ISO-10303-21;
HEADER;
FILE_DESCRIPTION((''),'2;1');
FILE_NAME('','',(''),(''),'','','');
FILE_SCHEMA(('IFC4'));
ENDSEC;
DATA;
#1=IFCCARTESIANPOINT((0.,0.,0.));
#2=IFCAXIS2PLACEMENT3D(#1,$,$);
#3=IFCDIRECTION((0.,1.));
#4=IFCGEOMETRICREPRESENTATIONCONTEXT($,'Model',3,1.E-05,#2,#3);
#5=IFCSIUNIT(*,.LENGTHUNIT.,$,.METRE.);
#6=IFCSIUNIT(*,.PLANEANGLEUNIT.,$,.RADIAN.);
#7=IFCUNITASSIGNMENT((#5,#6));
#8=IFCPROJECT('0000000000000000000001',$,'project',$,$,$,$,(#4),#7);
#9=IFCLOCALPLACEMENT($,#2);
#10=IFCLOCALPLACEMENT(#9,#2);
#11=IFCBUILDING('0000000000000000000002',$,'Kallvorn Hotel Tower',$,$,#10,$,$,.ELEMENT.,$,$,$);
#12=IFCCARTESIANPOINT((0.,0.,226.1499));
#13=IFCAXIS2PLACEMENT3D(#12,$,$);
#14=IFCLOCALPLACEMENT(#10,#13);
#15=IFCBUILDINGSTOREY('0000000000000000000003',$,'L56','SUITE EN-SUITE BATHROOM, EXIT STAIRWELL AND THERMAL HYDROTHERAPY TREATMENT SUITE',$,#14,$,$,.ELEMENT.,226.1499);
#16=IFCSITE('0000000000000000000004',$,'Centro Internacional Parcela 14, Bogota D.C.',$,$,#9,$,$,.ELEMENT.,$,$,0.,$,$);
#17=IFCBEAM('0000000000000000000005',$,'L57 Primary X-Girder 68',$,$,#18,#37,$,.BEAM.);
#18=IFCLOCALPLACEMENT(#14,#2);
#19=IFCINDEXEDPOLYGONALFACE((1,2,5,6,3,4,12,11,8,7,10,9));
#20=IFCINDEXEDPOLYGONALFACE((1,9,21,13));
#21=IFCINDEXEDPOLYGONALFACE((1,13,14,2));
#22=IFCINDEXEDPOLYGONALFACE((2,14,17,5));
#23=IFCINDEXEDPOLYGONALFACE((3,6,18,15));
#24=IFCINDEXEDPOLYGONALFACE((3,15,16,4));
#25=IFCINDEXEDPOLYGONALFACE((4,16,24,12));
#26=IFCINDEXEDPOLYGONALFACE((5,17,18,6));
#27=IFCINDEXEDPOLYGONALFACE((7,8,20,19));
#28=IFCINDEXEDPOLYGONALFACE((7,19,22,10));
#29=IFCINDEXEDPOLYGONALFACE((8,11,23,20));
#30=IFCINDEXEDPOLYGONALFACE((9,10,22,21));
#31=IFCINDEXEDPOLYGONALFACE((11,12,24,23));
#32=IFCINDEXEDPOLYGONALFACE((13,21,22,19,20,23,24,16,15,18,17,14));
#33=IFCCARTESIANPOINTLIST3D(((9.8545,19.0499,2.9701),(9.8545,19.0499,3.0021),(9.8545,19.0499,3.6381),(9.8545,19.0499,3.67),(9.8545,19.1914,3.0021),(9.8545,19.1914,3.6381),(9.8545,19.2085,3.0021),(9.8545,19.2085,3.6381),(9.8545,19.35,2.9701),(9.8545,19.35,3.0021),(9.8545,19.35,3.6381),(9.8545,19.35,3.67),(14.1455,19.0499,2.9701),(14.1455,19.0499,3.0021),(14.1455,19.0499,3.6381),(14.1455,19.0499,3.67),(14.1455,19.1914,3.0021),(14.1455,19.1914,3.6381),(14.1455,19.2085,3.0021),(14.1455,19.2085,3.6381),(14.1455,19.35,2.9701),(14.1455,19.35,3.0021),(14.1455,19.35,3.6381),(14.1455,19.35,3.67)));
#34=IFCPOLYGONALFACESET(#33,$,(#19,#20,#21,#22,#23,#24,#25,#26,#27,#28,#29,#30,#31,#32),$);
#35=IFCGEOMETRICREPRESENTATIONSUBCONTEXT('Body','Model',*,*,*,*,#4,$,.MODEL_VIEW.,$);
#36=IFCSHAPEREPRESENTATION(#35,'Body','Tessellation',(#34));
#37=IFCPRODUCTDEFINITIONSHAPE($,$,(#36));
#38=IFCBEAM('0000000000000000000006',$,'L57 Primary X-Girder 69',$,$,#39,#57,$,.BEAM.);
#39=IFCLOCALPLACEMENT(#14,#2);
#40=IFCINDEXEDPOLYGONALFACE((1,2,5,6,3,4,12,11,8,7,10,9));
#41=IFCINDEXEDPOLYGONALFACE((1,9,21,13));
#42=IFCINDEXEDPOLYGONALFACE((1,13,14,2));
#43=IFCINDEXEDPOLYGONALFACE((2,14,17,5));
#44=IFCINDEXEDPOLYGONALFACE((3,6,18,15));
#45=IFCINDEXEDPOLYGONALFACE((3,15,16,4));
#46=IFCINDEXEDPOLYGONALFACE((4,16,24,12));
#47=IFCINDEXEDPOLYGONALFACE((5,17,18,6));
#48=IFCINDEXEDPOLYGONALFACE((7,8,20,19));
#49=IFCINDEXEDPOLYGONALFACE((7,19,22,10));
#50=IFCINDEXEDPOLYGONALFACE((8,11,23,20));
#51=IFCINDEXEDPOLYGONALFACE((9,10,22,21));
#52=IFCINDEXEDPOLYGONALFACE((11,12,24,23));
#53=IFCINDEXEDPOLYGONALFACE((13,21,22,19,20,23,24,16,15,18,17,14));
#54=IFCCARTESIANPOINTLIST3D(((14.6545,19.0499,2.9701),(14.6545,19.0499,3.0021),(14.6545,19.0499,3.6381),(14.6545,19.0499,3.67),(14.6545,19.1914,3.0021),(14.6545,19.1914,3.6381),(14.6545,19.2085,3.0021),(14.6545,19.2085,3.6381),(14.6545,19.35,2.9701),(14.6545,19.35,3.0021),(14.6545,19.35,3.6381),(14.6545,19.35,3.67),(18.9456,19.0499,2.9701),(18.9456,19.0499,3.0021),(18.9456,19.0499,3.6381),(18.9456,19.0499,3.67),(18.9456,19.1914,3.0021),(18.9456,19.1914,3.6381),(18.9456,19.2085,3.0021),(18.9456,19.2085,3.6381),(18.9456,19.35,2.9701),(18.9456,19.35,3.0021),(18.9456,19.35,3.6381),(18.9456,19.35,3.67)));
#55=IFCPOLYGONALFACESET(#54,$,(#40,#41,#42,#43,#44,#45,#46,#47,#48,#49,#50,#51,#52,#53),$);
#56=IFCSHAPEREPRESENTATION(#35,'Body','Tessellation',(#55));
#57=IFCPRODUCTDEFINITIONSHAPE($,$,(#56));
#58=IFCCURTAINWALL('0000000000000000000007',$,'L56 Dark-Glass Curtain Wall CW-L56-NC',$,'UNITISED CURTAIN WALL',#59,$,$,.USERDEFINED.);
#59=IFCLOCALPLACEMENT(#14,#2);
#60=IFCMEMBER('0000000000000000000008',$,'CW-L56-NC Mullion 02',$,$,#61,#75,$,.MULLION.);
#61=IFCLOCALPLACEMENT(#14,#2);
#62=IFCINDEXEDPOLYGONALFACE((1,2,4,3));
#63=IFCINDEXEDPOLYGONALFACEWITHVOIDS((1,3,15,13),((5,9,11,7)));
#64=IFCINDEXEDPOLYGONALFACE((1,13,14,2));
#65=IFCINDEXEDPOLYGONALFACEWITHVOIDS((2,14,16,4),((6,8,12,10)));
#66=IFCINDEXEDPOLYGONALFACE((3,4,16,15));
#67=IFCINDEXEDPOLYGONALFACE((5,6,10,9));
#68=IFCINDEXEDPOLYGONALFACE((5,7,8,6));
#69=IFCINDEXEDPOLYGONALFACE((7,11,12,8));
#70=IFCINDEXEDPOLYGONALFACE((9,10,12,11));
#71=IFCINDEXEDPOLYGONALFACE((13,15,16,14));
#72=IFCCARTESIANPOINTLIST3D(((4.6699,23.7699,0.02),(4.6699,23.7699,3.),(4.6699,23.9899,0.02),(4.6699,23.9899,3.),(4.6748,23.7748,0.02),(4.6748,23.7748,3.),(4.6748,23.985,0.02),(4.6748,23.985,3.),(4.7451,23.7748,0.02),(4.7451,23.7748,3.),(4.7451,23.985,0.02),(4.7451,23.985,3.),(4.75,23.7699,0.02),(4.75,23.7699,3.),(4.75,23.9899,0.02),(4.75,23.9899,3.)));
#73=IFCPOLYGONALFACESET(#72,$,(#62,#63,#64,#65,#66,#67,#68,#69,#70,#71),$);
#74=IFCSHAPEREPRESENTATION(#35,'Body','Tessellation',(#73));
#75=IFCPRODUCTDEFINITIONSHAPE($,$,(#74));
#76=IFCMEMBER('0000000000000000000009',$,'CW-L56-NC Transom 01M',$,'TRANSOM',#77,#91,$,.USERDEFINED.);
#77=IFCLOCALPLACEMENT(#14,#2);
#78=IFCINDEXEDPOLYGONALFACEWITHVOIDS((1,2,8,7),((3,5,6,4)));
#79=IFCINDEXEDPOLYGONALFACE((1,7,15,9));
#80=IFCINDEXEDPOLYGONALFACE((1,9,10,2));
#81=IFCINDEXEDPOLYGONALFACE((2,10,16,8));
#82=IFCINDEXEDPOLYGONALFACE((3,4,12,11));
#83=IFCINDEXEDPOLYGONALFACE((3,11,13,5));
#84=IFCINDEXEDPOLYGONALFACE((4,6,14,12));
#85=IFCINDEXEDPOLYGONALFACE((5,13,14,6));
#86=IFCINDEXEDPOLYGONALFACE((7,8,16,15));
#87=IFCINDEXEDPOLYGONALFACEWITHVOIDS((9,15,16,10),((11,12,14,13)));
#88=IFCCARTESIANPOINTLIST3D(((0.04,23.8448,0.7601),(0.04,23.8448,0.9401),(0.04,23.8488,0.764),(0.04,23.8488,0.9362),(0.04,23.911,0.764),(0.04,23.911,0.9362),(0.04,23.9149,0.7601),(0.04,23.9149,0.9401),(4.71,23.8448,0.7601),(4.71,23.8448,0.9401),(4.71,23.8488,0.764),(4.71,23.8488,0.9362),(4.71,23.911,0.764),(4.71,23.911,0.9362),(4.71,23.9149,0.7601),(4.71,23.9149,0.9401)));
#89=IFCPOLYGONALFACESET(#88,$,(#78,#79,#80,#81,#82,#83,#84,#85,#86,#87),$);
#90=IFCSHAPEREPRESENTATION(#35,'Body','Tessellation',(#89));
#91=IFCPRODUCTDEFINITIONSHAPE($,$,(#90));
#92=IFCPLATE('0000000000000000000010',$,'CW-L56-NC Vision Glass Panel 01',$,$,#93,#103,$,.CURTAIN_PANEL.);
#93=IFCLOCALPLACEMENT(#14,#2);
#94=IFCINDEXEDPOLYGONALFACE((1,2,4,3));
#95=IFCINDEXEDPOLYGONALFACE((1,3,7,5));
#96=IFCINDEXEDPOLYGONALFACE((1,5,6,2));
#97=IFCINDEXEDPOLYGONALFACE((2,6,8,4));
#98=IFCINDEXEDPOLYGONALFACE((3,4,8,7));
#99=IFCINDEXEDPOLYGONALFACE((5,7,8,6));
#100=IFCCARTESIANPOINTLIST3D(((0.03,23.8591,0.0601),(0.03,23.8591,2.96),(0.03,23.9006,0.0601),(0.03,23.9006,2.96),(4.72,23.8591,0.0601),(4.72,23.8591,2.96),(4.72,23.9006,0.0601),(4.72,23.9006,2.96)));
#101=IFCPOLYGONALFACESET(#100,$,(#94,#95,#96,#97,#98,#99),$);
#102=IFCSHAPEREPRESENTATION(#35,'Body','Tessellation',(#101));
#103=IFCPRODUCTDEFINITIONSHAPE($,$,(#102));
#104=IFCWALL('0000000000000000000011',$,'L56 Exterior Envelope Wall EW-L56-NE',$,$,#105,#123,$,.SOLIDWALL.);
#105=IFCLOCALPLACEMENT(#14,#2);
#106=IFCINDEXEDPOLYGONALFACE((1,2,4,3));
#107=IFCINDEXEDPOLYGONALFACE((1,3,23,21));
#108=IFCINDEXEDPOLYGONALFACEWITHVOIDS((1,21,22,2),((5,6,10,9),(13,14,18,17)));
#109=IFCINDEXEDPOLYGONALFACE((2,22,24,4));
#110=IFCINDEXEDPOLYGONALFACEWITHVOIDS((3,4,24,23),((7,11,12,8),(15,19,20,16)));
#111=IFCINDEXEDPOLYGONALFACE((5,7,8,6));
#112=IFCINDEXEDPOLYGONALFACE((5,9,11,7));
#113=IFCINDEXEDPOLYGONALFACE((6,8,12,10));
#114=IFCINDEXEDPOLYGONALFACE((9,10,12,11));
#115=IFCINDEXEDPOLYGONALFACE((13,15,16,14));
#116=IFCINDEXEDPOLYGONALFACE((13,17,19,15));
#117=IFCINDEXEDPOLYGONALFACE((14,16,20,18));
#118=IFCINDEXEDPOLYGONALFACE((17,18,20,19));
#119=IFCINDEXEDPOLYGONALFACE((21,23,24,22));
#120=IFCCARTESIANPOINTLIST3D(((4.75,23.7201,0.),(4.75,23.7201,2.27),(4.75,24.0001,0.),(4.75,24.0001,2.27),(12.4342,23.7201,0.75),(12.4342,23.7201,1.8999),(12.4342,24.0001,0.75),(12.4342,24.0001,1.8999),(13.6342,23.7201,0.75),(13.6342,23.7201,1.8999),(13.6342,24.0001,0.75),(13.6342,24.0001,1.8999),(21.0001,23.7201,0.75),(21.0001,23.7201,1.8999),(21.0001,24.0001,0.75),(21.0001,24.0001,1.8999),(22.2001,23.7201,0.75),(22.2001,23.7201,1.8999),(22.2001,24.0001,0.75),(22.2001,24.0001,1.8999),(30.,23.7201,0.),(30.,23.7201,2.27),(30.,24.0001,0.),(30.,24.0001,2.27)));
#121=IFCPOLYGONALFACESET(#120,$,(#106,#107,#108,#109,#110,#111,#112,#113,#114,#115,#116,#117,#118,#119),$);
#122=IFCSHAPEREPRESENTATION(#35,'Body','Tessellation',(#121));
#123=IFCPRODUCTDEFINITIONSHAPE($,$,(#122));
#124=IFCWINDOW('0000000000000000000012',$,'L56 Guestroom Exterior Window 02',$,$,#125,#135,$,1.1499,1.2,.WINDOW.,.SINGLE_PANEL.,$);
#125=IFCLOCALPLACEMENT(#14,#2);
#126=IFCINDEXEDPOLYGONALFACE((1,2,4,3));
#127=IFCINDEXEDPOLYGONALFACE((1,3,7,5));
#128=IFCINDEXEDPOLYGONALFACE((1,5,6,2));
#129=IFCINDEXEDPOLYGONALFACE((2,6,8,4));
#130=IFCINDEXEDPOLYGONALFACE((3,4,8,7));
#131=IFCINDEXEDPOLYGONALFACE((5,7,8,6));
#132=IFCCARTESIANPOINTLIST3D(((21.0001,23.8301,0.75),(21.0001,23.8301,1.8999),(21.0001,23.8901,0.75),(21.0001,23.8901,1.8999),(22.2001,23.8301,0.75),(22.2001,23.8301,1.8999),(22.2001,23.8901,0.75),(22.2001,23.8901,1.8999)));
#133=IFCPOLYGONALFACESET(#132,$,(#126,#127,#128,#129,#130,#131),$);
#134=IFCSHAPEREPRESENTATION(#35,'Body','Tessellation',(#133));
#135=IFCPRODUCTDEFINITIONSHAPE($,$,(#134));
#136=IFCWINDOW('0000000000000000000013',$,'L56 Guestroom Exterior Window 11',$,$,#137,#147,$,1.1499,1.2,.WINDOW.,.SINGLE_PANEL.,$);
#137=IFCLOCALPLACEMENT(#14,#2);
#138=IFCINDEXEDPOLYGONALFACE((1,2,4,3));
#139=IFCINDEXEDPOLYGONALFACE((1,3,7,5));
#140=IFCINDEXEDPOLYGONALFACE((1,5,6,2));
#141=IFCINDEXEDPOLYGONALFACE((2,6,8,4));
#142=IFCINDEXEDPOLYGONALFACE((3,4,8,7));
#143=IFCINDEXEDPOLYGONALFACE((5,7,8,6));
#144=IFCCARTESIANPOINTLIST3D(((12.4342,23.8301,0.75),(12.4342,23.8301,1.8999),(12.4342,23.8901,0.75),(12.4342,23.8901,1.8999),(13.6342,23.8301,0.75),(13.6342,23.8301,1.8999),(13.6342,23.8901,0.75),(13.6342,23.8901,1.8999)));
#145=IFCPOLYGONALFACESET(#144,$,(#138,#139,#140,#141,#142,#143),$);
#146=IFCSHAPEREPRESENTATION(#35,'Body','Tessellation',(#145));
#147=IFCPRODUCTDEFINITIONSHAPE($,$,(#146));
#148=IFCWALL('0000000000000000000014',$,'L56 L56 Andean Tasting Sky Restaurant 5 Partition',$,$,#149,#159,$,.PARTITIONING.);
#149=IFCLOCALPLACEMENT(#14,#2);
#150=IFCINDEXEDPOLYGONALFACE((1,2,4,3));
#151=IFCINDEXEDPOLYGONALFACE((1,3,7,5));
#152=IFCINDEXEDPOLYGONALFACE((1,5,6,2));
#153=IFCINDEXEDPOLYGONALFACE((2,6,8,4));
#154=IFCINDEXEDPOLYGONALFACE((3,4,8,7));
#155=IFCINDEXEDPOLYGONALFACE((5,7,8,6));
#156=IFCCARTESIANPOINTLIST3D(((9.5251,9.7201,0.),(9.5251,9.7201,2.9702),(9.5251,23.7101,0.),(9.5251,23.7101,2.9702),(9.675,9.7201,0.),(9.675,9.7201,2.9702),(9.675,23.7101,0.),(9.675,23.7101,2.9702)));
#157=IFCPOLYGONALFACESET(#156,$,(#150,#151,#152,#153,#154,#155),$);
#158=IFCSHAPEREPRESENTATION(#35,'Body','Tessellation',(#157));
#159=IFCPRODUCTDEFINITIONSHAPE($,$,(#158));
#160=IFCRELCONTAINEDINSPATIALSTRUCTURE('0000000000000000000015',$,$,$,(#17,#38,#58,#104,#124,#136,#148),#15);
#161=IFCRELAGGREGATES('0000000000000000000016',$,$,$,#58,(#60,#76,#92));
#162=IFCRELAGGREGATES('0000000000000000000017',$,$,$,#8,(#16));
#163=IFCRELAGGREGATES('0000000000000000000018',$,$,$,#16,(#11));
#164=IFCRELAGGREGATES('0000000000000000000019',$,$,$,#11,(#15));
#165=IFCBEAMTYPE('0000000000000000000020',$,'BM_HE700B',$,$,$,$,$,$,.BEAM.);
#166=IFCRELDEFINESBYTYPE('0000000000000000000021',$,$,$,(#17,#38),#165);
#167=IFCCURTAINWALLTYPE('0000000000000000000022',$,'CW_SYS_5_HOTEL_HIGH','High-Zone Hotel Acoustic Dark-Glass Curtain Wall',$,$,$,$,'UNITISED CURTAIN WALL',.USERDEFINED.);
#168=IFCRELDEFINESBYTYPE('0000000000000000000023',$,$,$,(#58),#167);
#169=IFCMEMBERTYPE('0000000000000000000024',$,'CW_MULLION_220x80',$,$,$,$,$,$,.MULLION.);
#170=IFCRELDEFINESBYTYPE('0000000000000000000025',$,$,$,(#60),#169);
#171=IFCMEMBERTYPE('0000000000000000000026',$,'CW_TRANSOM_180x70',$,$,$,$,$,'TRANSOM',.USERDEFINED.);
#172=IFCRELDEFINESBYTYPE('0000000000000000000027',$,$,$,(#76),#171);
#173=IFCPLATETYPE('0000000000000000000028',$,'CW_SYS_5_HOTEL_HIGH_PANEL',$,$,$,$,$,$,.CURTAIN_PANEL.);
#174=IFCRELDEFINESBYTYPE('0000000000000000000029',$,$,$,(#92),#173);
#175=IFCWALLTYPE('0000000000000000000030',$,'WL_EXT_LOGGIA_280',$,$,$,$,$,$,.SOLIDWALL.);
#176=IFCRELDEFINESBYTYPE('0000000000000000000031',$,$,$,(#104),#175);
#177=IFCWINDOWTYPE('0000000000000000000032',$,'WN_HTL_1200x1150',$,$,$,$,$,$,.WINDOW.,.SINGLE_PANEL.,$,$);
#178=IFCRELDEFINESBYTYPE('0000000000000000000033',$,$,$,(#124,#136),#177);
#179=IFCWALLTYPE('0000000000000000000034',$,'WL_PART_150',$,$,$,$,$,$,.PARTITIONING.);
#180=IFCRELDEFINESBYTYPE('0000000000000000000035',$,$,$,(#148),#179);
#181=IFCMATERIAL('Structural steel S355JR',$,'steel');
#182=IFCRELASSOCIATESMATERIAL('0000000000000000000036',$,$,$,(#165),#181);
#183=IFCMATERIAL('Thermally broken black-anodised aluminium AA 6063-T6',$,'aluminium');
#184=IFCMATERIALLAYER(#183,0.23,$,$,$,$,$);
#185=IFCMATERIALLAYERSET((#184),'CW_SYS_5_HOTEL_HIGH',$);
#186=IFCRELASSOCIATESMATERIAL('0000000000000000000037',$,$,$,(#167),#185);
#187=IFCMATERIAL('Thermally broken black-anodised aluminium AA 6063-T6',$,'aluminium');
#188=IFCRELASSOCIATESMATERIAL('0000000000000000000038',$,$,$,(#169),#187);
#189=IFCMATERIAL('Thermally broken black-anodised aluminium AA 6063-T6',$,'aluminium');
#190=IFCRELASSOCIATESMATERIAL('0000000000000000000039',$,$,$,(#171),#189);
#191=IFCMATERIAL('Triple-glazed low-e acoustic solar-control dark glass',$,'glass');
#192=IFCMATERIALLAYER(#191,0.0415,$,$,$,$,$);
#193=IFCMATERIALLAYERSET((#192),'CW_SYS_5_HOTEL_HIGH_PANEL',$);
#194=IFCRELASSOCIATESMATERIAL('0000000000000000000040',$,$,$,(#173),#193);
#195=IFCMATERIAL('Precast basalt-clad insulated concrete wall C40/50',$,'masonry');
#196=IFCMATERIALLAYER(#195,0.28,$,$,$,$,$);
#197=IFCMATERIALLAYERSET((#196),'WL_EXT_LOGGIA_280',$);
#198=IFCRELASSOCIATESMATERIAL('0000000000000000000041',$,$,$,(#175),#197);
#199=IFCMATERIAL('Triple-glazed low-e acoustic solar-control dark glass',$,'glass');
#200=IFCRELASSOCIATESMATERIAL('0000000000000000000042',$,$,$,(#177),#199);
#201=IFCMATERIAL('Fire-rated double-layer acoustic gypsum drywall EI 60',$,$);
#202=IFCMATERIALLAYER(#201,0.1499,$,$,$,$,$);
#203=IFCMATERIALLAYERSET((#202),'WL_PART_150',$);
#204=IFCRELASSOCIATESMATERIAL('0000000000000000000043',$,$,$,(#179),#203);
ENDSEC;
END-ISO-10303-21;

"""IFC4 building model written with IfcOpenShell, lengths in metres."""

from ifc_helpers import new_model, si_unit, direction, frame, frame_2d, origin, origin_2d, place, context, subcontext, project, spatial, rectangle, hollow_rectangle, i_section, extrude, material, layer, layer_set, material_profile, profile_set, type_object, element, fill, aggregate, save


model = new_model("IFC4")

# Units and contexts
model_context = context("Model", 3, precision=1e-05, world=origin(), true_north=direction((0.0, 1.0)))
body_context = subcontext(model_context, "Body", "Model", "MODEL_VIEW")
ifc_project = project(units=[si_unit("LENGTHUNIT", "METRE"), si_unit("PLANEANGLEUNIT", "RADIAN")], contexts=[model_context])

# Site, building, storey
site_placement = place(None, origin())
site = spatial("IfcSite", under=ifc_project, at=site_placement, Name="Centro Internacional Parcela 14, Bogota D.C.", CompositionType="ELEMENT", RefElevation=0.0)
building_placement = place(site_placement, origin())
building = spatial("IfcBuilding", under=site, at=building_placement, Name="Kallvorn Hotel Tower", CompositionType="ELEMENT")
storey_placement = place(building_placement, frame((0.0, 0.0, 226.1499)))
storey = spatial("IfcBuildingStorey", under=building, at=storey_placement, Name="L56", Description="SUITE EN-SUITE BATHROOM, EXIT STAIRWELL AND THERMAL HYDROTHERAPY TREATMENT SUITE", CompositionType="ELEMENT", Elevation=226.1499)

# Beams
ifc_material_1 = material(Name="Structural steel S355JR", Category="steel")
ifc_material_profile_1 = material_profile(ifc_material_1, i_section(OverallWidth=0.3, OverallDepth=0.7, WebThickness=0.0171, FlangeThickness=0.032, at=origin_2d()), Name="HE 700 B")
ifc_profile_set_1 = profile_set([ifc_material_profile_1], Name="Structural steel S355JR")
beam_type_1 = type_object("IfcBeamType", Name="BM_HE700B", PredefinedType="BEAM", material=ifc_profile_set_1)
for number, where, z_axis, x_axis, name in (
    (1, (9.8545, 19.2, 3.3201), (1.0, 0.0, 0.0), (0.0, 1.0, 0.0), "L57 Primary X-Girder 68"),
    (2, (14.6545, 19.2, 3.3201), (1.0, 0.0, 0.0), (0.0, 1.0, 0.0), "L57 Primary X-Girder 69"),
):
    element("IfcBeam", number, at=place(storey_placement, frame(where, z_axis=z_axis, x_axis=x_axis)), inside=storey, type_object=beam_type_1, Name=name, PredefinedType="BEAM", context=body_context, shape_type="SweptSolid", body=[
        extrude(i_section(OverallWidth=0.3, OverallDepth=0.7, WebThickness=0.0171, FlangeThickness=0.032, at=origin_2d()), origin(), (0.0, 0.0, 1.0), 4.291),
    ])

# Curtain wall, members, plate
ifc_material_2 = material(Name="Thermally broken black-anodised aluminium AA 6063-T6", Category="aluminium")
ifc_layer_1 = layer(ifc_material_2, 0.23)
ifc_layer_set_1 = layer_set([ifc_layer_1], Name="CW_SYS_5_HOTEL_HIGH")
curtain_wall_type = type_object("IfcCurtainWallType", Name="CW_SYS_5_HOTEL_HIGH", Description="High-Zone Hotel Acoustic Dark-Glass Curtain Wall", ElementType="UNITISED CURTAIN WALL", PredefinedType="USERDEFINED", material=ifc_layer_set_1)
curtain_wall_placement = place(storey_placement, origin())
curtain_wall = element("IfcCurtainWall", 3, at=curtain_wall_placement, inside=storey, type_object=curtain_wall_type, Name="L56 Dark-Glass Curtain Wall CW-L56-NC", ObjectType="UNITISED CURTAIN WALL", PredefinedType="USERDEFINED")
ifc_material_3 = material(Name="Thermally broken black-anodised aluminium AA 6063-T6", Category="aluminium")
ifc_material_profile_2 = material_profile(ifc_material_3, hollow_rectangle(XDim=0.0801, YDim=0.22, WallThickness=0.0049, at=origin_2d()), Name="MUL 220x80")
ifc_profile_set_2 = profile_set([ifc_material_profile_2], Name="Thermally broken black-anodised aluminium AA 6063-T6")
member_type_1 = type_object("IfcMemberType", Name="CW_MULLION_220x80", PredefinedType="MULLION", material=ifc_profile_set_2)
member_1_placement = place(storey_placement, frame((4.71, 23.8799, 0.02), z_axis=(0.0, 0.0, 1.0), x_axis=(1.0, 0.0, 0.0)))
member_1 = element("IfcMember", 4, at=member_1_placement, type_object=member_type_1, Name="CW-L56-NC Mullion 02", PredefinedType="MULLION", context=body_context, shape_type="SweptSolid", body=[
    extrude(hollow_rectangle(XDim=0.0801, YDim=0.22, WallThickness=0.0049, at=origin_2d()), origin(), (0.0, 0.0, 1.0), 2.98),
])
ifc_material_4 = material(Name="Thermally broken black-anodised aluminium AA 6063-T6", Category="aluminium")
ifc_material_profile_3 = material_profile(ifc_material_4, hollow_rectangle(XDim=0.0701, YDim=0.1799, WallThickness=0.0039, at=origin_2d()), Name="TRN 180x70")
ifc_profile_set_3 = profile_set([ifc_material_profile_3], Name="Thermally broken black-anodised aluminium AA 6063-T6")
member_type_2 = type_object("IfcMemberType", Name="CW_TRANSOM_180x70", ElementType="TRANSOM", PredefinedType="USERDEFINED", material=ifc_profile_set_3)
member_2_placement = place(storey_placement, frame((0.04, 23.8799, 0.8501), z_axis=(1.0, 0.0, 0.0), x_axis=(0.0, 1.0, 0.0)))
member_2 = element("IfcMember", 5, at=member_2_placement, type_object=member_type_2, Name="CW-L56-NC Transom 01M", ObjectType="TRANSOM", PredefinedType="USERDEFINED", context=body_context, shape_type="SweptSolid", body=[
    extrude(hollow_rectangle(XDim=0.0701, YDim=0.1799, WallThickness=0.0039, at=origin_2d()), origin(), (0.0, 0.0, 1.0), 4.6699),
])
ifc_material_5 = material(Name="Triple-glazed low-e acoustic solar-control dark glass", Category="glass")
ifc_layer_2 = layer(ifc_material_5, 0.0415)
ifc_layer_set_2 = layer_set([ifc_layer_2], Name="CW_SYS_5_HOTEL_HIGH_PANEL")
plate_type = type_object("IfcPlateType", Name="CW_SYS_5_HOTEL_HIGH_PANEL", PredefinedType="CURTAIN_PANEL", material=ifc_layer_set_2)
plate_placement = place(storey_placement, frame((2.375, 23.8799, 0.0601), z_axis=(0.0, 0.0, 1.0), x_axis=(1.0, 0.0, 0.0)))
plate = element("IfcPlate", 6, at=plate_placement, type_object=plate_type, Name="CW-L56-NC Vision Glass Panel 01", PredefinedType="CURTAIN_PANEL", context=body_context, shape_type="SweptSolid", body=[
    extrude(rectangle(XDim=4.6899, YDim=0.0415, at=origin_2d()), origin(), (0.0, 0.0, 1.0), 2.8999),
])
aggregate(curtain_wall, [member_1, member_2, plate])

# Wall, openings, windows
ifc_material_6 = material(Name="Precast basalt-clad insulated concrete wall C40/50", Category="masonry")
ifc_layer_3 = layer(ifc_material_6, 0.28)
ifc_layer_set_3 = layer_set([ifc_layer_3], Name="WL_EXT_LOGGIA_280")
wall_type_1 = type_object("IfcWallType", Name="WL_EXT_LOGGIA_280", PredefinedType="SOLIDWALL", material=ifc_layer_set_3)
wall_1_placement = place(storey_placement, frame((4.75, 23.8601, 0.0), z_axis=(0.0, 0.0, 1.0), x_axis=(1.0, 0.0, 0.0)))
wall_1 = element("IfcWall", 7, at=wall_1_placement, inside=storey, type_object=wall_type_1, Name="L56 Exterior Envelope Wall EW-L56-NE", PredefinedType="SOLIDWALL", context=body_context, shape_type="SweptSolid", body=[
    extrude(rectangle(XDim=25.25, YDim=0.28, at=frame_2d((12.625, 0.0))), origin(), (0.0, 0.0, 1.0), 2.27),
])
opening_1_placement = place(wall_1_placement, frame((16.25, 0.0, 0.75)))
opening_1 = element("IfcOpeningElement", 8, at=opening_1_placement, cuts=wall_1, PredefinedType="OPENING", context=body_context, shape_type="SweptSolid", body=[
    extrude(rectangle(XDim=1.2, YDim=1.1499, at=frame_2d((0.6001, 0.575))), frame((0.0, 0.155, 0.0), z_axis=(0.0, -1.0, 0.0), x_axis=(1.0, 0.0, 0.0)), (0.0, 0.0, 1.0), 0.3101),
])
opening_2_placement = place(wall_1_placement, frame((7.6841, 0.0, 0.75)))
opening_2 = element("IfcOpeningElement", 9, at=opening_2_placement, cuts=wall_1, PredefinedType="OPENING", context=body_context, shape_type="SweptSolid", body=[
    extrude(rectangle(XDim=1.2, YDim=1.1499, at=frame_2d((0.6001, 0.575))), frame((0.0, 0.155, 0.0), z_axis=(0.0, -1.0, 0.0), x_axis=(1.0, 0.0, 0.0)), (0.0, 0.0, 1.0), 0.3101),
])
ifc_material_7 = material(Name="Triple-glazed low-e acoustic solar-control dark glass", Category="glass")
window_type = type_object("IfcWindowType", Name="WN_HTL_1200x1150", PartitioningType="SINGLE_PANEL", PredefinedType="WINDOW", material=ifc_material_7)
window_1_placement = place(opening_1_placement, origin())
window_1 = element("IfcWindow", 10, at=window_1_placement, inside=storey, type_object=window_type, Name="L56 Guestroom Exterior Window 02", OverallHeight=1.1499, OverallWidth=1.2, PartitioningType="SINGLE_PANEL", PredefinedType="WINDOW", context=body_context, shape_type="SweptSolid", body=[
    extrude(rectangle(XDim=1.2, YDim=1.1499, at=frame_2d((0.6001, 0.575))), frame((0.0, 0.03, 0.0), z_axis=(0.0, -1.0, 0.0), x_axis=(1.0, 0.0, 0.0)), (0.0, 0.0, 1.0), 0.0601),
])
fill(opening_1, window_1)
window_2_placement = place(opening_2_placement, origin())
window_2 = element("IfcWindow", 11, at=window_2_placement, inside=storey, type_object=window_type, Name="L56 Guestroom Exterior Window 11", OverallHeight=1.1499, OverallWidth=1.2, PartitioningType="SINGLE_PANEL", PredefinedType="WINDOW", context=body_context, shape_type="SweptSolid", body=[
    extrude(rectangle(XDim=1.2, YDim=1.1499, at=frame_2d((0.6001, 0.575))), frame((0.0, 0.03, 0.0), z_axis=(0.0, -1.0, 0.0), x_axis=(1.0, 0.0, 0.0)), (0.0, 0.0, 1.0), 0.0601),
])
fill(opening_2, window_2)

# Wall
ifc_material_8 = material(Name="Fire-rated double-layer acoustic gypsum drywall EI 60")
ifc_layer_4 = layer(ifc_material_8, 0.1499)
ifc_layer_set_4 = layer_set([ifc_layer_4], Name="WL_PART_150")
wall_type_2 = type_object("IfcWallType", Name="WL_PART_150", PredefinedType="PARTITIONING", material=ifc_layer_set_4)
wall_2_placement = place(storey_placement, frame((9.6001, 9.72, 0.0), z_axis=(0.0, 0.0, 1.0), x_axis=(0.0, 1.0, 0.0)))
element("IfcWall", 12, at=wall_2_placement, inside=storey, type_object=wall_type_2, Name="L56 L56 Andean Tasting Sky Restaurant 5 Partition", PredefinedType="PARTITIONING", context=body_context, shape_type="SweptSolid", body=[
    extrude(rectangle(XDim=13.99, YDim=0.1499, at=frame_2d((6.9951, 0.0))), origin(), (0.0, 0.0, 1.0), 2.9702),
])

save(model, "model.ifc")
